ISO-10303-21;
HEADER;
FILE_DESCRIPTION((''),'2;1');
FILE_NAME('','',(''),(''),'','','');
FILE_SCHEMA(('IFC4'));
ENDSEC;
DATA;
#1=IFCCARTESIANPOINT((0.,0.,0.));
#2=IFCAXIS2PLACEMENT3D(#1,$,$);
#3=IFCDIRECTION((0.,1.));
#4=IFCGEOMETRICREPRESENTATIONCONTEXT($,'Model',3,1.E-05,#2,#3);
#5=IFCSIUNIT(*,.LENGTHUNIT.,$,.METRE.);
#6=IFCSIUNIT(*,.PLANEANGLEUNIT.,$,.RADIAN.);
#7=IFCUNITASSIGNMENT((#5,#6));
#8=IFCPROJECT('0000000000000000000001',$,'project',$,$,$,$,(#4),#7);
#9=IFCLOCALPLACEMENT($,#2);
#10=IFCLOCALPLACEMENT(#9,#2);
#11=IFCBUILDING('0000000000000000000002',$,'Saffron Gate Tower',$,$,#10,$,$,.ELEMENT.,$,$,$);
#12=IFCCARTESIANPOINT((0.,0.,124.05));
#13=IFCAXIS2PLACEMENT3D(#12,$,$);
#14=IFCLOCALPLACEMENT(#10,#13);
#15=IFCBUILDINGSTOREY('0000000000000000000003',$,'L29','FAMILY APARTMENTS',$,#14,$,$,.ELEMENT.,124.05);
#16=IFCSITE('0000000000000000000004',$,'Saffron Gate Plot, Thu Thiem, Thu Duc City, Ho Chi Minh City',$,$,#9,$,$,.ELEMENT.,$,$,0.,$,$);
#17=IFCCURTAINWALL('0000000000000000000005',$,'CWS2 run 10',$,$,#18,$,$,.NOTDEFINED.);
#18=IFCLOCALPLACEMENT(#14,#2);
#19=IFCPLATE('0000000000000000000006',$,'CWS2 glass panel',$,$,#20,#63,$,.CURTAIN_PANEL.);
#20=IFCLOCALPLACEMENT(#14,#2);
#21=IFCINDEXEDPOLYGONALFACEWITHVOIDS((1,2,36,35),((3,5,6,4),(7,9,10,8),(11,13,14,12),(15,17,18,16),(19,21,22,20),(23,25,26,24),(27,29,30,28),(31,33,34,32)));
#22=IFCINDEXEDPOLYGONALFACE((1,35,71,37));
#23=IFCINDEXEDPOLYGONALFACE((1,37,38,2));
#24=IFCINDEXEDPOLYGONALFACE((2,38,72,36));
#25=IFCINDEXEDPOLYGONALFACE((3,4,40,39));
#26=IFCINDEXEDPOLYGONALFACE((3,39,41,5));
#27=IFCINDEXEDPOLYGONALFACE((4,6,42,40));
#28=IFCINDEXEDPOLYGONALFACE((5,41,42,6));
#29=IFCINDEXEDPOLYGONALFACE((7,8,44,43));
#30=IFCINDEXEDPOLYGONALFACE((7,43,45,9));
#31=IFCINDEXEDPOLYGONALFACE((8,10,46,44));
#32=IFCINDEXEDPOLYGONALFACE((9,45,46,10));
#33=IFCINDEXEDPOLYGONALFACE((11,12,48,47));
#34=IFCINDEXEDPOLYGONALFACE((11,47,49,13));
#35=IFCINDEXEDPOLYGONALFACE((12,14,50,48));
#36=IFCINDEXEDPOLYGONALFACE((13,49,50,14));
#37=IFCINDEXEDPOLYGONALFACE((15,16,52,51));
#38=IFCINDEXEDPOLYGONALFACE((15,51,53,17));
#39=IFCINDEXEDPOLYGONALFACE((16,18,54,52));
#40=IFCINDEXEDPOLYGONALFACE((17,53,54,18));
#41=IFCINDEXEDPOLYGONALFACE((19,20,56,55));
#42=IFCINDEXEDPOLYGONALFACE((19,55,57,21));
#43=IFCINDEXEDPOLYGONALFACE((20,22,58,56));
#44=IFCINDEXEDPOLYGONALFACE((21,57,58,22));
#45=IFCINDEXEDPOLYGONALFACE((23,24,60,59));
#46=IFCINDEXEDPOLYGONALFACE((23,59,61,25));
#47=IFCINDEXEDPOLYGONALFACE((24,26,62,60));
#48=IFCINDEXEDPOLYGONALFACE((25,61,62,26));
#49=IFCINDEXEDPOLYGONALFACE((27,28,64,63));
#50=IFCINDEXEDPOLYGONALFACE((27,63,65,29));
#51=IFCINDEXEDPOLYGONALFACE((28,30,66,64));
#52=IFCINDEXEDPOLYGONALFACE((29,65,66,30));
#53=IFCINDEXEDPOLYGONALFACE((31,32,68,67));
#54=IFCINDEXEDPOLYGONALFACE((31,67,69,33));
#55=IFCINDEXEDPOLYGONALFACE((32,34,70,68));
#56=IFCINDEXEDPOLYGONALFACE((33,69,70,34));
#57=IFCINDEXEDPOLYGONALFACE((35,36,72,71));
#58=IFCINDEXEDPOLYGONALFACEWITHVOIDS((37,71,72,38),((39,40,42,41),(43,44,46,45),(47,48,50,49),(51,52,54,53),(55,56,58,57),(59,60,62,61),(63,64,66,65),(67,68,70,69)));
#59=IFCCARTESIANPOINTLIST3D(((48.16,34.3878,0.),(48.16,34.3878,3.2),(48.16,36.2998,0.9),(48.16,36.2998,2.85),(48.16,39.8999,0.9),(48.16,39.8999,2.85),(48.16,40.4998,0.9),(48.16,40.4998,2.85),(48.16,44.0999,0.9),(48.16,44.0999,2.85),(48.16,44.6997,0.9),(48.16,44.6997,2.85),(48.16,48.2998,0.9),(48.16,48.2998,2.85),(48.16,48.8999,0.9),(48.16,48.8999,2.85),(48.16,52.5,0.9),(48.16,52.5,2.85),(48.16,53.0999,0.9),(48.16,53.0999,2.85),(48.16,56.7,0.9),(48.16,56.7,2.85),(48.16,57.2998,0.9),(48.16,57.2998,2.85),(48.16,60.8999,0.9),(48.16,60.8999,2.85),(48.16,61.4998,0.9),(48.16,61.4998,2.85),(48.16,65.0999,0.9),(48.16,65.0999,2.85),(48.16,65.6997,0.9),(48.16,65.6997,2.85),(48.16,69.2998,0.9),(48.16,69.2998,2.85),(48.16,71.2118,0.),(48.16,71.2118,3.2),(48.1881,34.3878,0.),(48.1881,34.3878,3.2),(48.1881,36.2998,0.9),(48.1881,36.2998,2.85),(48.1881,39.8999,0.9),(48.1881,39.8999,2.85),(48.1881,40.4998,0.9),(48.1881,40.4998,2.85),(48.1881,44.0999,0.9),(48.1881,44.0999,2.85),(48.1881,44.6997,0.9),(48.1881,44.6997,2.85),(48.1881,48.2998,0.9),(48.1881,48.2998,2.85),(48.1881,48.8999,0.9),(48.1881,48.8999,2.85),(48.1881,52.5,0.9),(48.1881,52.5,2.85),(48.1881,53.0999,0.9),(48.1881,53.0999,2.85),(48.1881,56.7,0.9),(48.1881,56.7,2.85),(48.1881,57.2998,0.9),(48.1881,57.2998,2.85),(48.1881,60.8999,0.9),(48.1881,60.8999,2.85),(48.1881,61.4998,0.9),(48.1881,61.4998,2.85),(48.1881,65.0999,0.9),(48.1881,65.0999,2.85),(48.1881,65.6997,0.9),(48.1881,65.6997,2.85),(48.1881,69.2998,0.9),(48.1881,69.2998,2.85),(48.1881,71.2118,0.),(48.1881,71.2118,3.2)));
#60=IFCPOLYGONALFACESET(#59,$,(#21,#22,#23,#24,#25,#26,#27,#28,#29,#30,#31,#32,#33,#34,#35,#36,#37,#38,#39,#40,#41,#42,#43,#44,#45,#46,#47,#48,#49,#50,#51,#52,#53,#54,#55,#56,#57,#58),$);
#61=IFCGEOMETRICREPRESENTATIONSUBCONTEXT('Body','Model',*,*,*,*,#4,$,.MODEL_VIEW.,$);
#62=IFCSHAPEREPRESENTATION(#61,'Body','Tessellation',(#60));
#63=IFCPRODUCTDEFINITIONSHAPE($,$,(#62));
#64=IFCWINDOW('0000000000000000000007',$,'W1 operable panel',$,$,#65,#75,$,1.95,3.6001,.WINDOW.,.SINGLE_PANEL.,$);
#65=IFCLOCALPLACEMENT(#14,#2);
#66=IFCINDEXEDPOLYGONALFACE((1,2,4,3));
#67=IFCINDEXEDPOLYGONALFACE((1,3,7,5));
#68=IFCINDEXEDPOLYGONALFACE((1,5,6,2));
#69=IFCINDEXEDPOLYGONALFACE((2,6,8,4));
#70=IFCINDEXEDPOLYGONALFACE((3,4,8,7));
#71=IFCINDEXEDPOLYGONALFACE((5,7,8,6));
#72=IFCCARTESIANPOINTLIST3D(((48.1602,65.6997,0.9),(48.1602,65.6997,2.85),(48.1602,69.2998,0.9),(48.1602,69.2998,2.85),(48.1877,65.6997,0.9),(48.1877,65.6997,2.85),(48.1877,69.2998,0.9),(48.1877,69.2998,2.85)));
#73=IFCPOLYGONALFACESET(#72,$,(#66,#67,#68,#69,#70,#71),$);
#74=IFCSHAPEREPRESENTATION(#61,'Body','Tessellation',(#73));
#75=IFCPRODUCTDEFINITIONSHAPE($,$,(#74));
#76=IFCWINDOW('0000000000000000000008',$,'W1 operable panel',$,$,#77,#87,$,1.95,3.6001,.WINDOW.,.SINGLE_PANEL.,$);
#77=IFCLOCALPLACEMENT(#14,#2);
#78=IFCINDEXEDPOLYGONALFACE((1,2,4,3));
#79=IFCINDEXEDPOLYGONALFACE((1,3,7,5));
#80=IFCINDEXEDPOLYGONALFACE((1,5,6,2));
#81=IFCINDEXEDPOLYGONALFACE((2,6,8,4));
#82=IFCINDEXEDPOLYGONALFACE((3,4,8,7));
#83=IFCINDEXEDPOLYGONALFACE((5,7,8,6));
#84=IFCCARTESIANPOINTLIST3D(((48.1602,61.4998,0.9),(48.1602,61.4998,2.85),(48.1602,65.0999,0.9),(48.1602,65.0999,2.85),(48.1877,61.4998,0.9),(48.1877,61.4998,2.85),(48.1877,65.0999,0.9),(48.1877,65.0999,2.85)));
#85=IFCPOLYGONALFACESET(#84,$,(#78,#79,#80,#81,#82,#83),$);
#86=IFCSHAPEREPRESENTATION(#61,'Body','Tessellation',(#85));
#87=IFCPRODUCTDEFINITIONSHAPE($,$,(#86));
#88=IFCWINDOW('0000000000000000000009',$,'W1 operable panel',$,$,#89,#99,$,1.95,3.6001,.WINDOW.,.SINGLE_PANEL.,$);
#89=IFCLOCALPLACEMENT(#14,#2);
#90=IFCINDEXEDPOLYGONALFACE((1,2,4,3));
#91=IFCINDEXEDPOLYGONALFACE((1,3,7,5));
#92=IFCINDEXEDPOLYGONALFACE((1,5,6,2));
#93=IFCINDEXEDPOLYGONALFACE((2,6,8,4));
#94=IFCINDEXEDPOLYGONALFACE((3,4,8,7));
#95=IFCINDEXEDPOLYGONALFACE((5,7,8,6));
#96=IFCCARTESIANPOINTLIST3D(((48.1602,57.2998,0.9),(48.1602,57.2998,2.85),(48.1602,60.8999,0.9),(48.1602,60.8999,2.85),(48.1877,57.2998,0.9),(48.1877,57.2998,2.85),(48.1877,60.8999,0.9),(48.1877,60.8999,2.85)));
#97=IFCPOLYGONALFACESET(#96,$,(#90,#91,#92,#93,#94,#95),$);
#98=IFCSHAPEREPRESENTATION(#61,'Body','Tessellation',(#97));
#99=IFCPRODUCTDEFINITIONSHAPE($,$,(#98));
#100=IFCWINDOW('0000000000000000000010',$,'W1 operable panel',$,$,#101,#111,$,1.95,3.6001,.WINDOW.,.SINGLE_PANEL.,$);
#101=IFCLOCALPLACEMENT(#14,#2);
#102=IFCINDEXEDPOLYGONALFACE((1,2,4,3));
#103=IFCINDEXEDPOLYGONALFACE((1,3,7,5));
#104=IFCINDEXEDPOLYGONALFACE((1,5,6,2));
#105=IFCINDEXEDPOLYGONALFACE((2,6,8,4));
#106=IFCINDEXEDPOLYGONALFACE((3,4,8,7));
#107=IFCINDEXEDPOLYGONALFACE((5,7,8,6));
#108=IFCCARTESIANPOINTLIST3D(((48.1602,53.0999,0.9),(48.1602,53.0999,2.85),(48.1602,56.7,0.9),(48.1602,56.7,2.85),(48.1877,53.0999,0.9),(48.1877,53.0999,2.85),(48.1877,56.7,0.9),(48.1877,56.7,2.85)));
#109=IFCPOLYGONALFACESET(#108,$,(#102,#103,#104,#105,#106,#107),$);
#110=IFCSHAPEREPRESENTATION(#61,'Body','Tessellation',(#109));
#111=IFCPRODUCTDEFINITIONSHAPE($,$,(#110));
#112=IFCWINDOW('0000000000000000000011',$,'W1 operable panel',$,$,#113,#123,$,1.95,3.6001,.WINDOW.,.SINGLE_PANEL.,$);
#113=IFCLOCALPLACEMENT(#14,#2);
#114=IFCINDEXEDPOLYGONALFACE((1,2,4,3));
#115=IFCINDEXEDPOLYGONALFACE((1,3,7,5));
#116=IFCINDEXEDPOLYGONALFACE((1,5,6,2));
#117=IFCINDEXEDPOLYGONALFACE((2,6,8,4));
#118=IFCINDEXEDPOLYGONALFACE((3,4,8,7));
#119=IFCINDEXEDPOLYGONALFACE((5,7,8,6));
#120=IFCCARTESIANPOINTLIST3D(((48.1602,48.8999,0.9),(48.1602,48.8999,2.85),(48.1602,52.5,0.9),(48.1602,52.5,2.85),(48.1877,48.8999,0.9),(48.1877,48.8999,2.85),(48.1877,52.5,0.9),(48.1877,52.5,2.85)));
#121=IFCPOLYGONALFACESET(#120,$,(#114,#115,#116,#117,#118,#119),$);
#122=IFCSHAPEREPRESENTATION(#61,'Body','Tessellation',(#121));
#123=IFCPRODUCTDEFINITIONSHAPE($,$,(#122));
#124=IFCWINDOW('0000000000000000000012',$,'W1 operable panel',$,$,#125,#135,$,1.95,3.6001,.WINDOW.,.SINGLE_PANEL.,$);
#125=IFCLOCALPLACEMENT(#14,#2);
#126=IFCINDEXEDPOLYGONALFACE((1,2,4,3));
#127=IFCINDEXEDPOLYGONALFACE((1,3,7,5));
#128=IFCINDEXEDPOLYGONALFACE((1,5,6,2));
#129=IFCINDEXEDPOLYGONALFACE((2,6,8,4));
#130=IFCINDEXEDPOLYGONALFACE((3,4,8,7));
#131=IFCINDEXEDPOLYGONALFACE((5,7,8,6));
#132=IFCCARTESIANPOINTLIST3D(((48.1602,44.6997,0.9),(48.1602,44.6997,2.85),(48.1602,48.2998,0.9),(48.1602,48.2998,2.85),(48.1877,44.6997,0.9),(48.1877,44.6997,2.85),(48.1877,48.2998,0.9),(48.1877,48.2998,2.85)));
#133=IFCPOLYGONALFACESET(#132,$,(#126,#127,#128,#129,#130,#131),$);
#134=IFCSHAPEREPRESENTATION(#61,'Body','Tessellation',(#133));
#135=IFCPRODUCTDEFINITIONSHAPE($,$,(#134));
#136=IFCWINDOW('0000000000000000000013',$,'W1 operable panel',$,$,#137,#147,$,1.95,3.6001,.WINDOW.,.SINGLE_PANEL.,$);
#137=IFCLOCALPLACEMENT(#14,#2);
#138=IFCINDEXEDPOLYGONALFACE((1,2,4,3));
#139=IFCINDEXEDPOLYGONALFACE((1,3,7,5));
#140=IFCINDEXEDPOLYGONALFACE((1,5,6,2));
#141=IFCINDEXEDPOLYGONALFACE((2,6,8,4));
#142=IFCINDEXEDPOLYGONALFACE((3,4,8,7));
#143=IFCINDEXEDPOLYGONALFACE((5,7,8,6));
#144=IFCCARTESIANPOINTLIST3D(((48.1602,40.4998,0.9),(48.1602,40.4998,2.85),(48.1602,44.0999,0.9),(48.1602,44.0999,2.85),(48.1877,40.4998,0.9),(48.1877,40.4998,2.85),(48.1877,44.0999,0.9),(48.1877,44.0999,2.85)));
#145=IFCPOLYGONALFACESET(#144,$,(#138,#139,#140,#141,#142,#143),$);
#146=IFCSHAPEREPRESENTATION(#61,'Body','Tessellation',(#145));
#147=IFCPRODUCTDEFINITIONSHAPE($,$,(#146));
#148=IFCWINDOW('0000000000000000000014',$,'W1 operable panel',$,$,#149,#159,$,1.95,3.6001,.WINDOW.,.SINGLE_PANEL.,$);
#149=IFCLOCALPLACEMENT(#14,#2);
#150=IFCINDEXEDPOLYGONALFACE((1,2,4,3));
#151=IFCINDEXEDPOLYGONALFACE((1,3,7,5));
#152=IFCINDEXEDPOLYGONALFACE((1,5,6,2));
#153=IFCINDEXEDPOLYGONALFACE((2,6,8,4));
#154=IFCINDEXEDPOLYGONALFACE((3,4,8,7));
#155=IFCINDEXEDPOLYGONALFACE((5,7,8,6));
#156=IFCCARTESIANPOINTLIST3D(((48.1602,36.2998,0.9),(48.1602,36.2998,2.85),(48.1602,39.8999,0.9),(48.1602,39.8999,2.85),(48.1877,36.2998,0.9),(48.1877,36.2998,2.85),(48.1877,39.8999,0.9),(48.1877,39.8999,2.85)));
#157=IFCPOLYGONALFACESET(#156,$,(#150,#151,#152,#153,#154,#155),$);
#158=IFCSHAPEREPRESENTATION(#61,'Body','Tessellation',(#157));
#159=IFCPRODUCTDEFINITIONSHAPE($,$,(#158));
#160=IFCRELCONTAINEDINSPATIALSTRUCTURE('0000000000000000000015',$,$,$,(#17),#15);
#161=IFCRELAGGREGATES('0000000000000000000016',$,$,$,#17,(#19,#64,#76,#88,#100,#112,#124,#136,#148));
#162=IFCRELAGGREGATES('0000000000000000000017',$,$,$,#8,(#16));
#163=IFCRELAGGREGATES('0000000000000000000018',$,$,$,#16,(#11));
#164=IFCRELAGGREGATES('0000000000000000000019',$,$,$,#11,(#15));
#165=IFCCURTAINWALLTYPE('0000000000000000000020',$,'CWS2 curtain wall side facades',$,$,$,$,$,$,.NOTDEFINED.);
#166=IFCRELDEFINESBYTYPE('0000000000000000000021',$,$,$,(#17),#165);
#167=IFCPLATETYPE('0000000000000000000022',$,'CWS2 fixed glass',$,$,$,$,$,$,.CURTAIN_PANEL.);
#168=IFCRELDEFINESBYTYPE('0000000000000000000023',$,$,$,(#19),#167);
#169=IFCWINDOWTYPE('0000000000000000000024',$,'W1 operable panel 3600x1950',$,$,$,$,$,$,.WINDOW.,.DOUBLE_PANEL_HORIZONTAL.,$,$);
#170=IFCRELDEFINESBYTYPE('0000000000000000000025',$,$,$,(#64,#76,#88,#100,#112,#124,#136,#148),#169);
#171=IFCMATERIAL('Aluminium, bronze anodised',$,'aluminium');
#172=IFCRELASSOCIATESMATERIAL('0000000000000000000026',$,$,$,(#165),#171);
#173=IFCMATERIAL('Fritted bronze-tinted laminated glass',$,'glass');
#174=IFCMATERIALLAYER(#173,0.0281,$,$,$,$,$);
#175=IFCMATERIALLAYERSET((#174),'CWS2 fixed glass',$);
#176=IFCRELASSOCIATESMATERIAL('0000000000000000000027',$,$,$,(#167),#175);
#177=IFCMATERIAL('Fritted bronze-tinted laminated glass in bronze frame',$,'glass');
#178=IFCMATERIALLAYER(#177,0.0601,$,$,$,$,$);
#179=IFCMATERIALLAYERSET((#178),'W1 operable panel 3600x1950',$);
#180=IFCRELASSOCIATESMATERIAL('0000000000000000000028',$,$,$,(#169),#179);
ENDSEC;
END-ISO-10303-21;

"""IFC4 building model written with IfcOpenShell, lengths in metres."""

from ifc_helpers import new_model, si_unit, direction, frame, frame_2d, origin, place, context, subcontext, project, spatial, rectangle, extrude, material, layer, layer_set, type_object, element, fill, aggregate, save


model = new_model("IFC4")

# Units and contexts
model_context = context("Model", 3, precision=1e-05, world=origin(), true_north=direction((0.0, 1.0)))
body_context = subcontext(model_context, "Body", "Model", "MODEL_VIEW")
ifc_project = project(units=[si_unit("LENGTHUNIT", "METRE"), si_unit("PLANEANGLEUNIT", "RADIAN")], contexts=[model_context])

# Site, building, storey
site_placement = place(None, origin())
site = spatial("IfcSite", under=ifc_project, at=site_placement, Name="Saffron Gate Plot, Thu Thiem, Thu Duc City, Ho Chi Minh City", CompositionType="ELEMENT", RefElevation=0.0)
building_placement = place(site_placement, origin())
building = spatial("IfcBuilding", under=site, at=building_placement, Name="Saffron Gate Tower", CompositionType="ELEMENT")
storey_placement = place(building_placement, frame((0.0, 0.0, 124.05)))
storey = spatial("IfcBuildingStorey", under=building, at=storey_placement, Name="L29", Description="FAMILY APARTMENTS", CompositionType="ELEMENT", Elevation=124.05)

# Curtain wall
ifc_material_1 = material(Name="Aluminium, bronze anodised", Category="aluminium")
curtain_wall_type_1 = type_object("IfcCurtainWallType", Name="CWS2 curtain wall side facades", PredefinedType="NOTDEFINED", material=ifc_material_1)
curtain_wall_1_placement = place(storey_placement, origin())
curtain_wall_1 = element("IfcCurtainWall", 1, at=curtain_wall_1_placement, inside=storey, type_object=curtain_wall_type_1, Name="CWS2 run 10", PredefinedType="NOTDEFINED")

# Plate, openings, windows
ifc_material_2 = material(Name="Fritted bronze-tinted laminated glass", Category="glass")
ifc_layer_1 = layer(ifc_material_2, 0.0281)
ifc_layer_set_1 = layer_set([ifc_layer_1], Name="CWS2 fixed glass")
plate_type = type_object("IfcPlateType", Name="CWS2 fixed glass", PredefinedType="CURTAIN_PANEL", material=ifc_layer_set_1)
plate_placement = place(storey_placement, frame((48.1741, 71.2119, 0.0), z_axis=(0.0, 0.0, 1.0), x_axis=(0.0, -1.0, 0.0)))
plate = element("IfcPlate", 2, at=plate_placement, type_object=plate_type, Name="CWS2 glass panel", PredefinedType="CURTAIN_PANEL", context=body_context, shape_type="SweptSolid", body=[
    extrude(rectangle(XDim=36.824, YDim=0.0281, at=frame_2d((18.4121, 0.0))), origin(), (0.0, 0.0, 1.0), 3.2),
])
opening_1_placement = place(plate_placement, frame((1.9121, 0.0, 0.8999)))
opening_1 = element("IfcOpeningElement", 3, at=opening_1_placement, cuts=plate, PredefinedType="OPENING", context=body_context, shape_type="SweptSolid", body=[
    extrude(rectangle(XDim=3.6001, YDim=1.95, at=frame_2d((1.8, 0.9751))), frame((0.0, 0.0239, 0.0), z_axis=(0.0, -1.0, 0.0), x_axis=(1.0, 0.0, 0.0)), (0.0, 0.0, 1.0), 0.0481),
])
opening_2_placement = place(plate_placement, frame((6.1121, 0.0, 0.8999)))
opening_2 = element("IfcOpeningElement", 4, at=opening_2_placement, cuts=plate, PredefinedType="OPENING", context=body_context, shape_type="SweptSolid", body=[
    extrude(rectangle(XDim=3.6001, YDim=1.95, at=frame_2d((1.8, 0.9751))), frame((0.0, 0.0239, 0.0), z_axis=(0.0, -1.0, 0.0), x_axis=(1.0, 0.0, 0.0)), (0.0, 0.0, 1.0), 0.0481),
])
opening_3_placement = place(plate_placement, frame((10.312, 0.0, 0.8999)))
opening_3 = element("IfcOpeningElement", 5, at=opening_3_placement, cuts=plate, PredefinedType="OPENING", context=body_context, shape_type="SweptSolid", body=[
    extrude(rectangle(XDim=3.6001, YDim=1.95, at=frame_2d((1.8, 0.9751))), frame((0.0, 0.0239, 0.0), z_axis=(0.0, -1.0, 0.0), x_axis=(1.0, 0.0, 0.0)), (0.0, 0.0, 1.0), 0.0481),
])
opening_4_placement = place(plate_placement, frame((14.512, 0.0, 0.8999)))
opening_4 = element("IfcOpeningElement", 6, at=opening_4_placement, cuts=plate, PredefinedType="OPENING", context=body_context, shape_type="SweptSolid", body=[
    extrude(rectangle(XDim=3.6001, YDim=1.95, at=frame_2d((1.8, 0.9751))), frame((0.0, 0.0239, 0.0), z_axis=(0.0, -1.0, 0.0), x_axis=(1.0, 0.0, 0.0)), (0.0, 0.0, 1.0), 0.0481),
])
opening_5_placement = place(plate_placement, frame((18.7119, 0.0, 0.8999)))
opening_5 = element("IfcOpeningElement", 7, at=opening_5_placement, cuts=plate, PredefinedType="OPENING", context=body_context, shape_type="SweptSolid", body=[
    extrude(rectangle(XDim=3.6001, YDim=1.95, at=frame_2d((1.8, 0.9751))), frame((0.0, 0.0239, 0.0), z_axis=(0.0, -1.0, 0.0), x_axis=(1.0, 0.0, 0.0)), (0.0, 0.0, 1.0), 0.0481),
])
opening_6_placement = place(plate_placement, frame((22.9121, 0.0, 0.8999)))
opening_6 = element("IfcOpeningElement", 8, at=opening_6_placement, cuts=plate, PredefinedType="OPENING", context=body_context, shape_type="SweptSolid", body=[
    extrude(rectangle(XDim=3.6001, YDim=1.95, at=frame_2d((1.8, 0.9751))), frame((0.0, 0.0239, 0.0), z_axis=(0.0, -1.0, 0.0), x_axis=(1.0, 0.0, 0.0)), (0.0, 0.0, 1.0), 0.0481),
])
opening_7_placement = place(plate_placement, frame((27.1121, 0.0, 0.8999)))
opening_7 = element("IfcOpeningElement", 9, at=opening_7_placement, cuts=plate, PredefinedType="OPENING", context=body_context, shape_type="SweptSolid", body=[
    extrude(rectangle(XDim=3.6001, YDim=1.95, at=frame_2d((1.8, 0.9751))), frame((0.0, 0.0239, 0.0), z_axis=(0.0, -1.0, 0.0), x_axis=(1.0, 0.0, 0.0)), (0.0, 0.0, 1.0), 0.0481),
])
opening_8_placement = place(plate_placement, frame((31.312, 0.0, 0.8999)))
opening_8 = element("IfcOpeningElement", 10, at=opening_8_placement, cuts=plate, PredefinedType="OPENING", context=body_context, shape_type="SweptSolid", body=[
    extrude(rectangle(XDim=3.6001, YDim=1.95, at=frame_2d((1.8, 0.9751))), frame((0.0, 0.0239, 0.0), z_axis=(0.0, -1.0, 0.0), x_axis=(1.0, 0.0, 0.0)), (0.0, 0.0, 1.0), 0.0481),
])
ifc_material_3 = material(Name="Fritted bronze-tinted laminated glass in bronze frame", Category="glass")
ifc_layer_2 = layer(ifc_material_3, 0.0601)
ifc_layer_set_2 = layer_set([ifc_layer_2], Name="W1 operable panel 3600x1950")
window_type = type_object("IfcWindowType", Name="W1 operable panel 3600x1950", PartitioningType="DOUBLE_PANEL_HORIZONTAL", PredefinedType="WINDOW", material=ifc_layer_set_2)
window_1_placement = place(opening_1_placement, origin())
window_1 = element("IfcWindow", 11, at=window_1_placement, type_object=window_type, Name="W1 operable panel", OverallHeight=1.95, OverallWidth=3.6001, PartitioningType="SINGLE_PANEL", PredefinedType="WINDOW", context=body_context, shape_type="SweptSolid", body=[
    extrude(rectangle(XDim=3.6001, YDim=1.95, at=frame_2d((1.8, 0.9751))), frame((0.0, 0.0137, 0.0), z_axis=(0.0, -1.0, 0.0), x_axis=(1.0, 0.0, 0.0)), (0.0, 0.0, 1.0), 0.0276),
])
fill(opening_1, window_1)
window_2_placement = place(opening_2_placement, origin())
window_2 = element("IfcWindow", 12, at=window_2_placement, type_object=window_type, Name="W1 operable panel", OverallHeight=1.95, OverallWidth=3.6001, PartitioningType="SINGLE_PANEL", PredefinedType="WINDOW", context=body_context, shape_type="SweptSolid", body=[
    extrude(rectangle(XDim=3.6001, YDim=1.95, at=frame_2d((1.8, 0.9751))), frame((0.0, 0.0137, 0.0), z_axis=(0.0, -1.0, 0.0), x_axis=(1.0, 0.0, 0.0)), (0.0, 0.0, 1.0), 0.0276),
])
fill(opening_2, window_2)
window_3_placement = place(opening_3_placement, origin())
window_3 = element("IfcWindow", 13, at=window_3_placement, type_object=window_type, Name="W1 operable panel", OverallHeight=1.95, OverallWidth=3.6001, PartitioningType="SINGLE_PANEL", PredefinedType="WINDOW", context=body_context, shape_type="SweptSolid", body=[
    extrude(rectangle(XDim=3.6001, YDim=1.95, at=frame_2d((1.8, 0.9751))), frame((0.0, 0.0137, 0.0), z_axis=(0.0, -1.0, 0.0), x_axis=(1.0, 0.0, 0.0)), (0.0, 0.0, 1.0), 0.0276),
])
fill(opening_3, window_3)
window_4_placement = place(opening_4_placement, origin())
window_4 = element("IfcWindow", 14, at=window_4_placement, type_object=window_type, Name="W1 operable panel", OverallHeight=1.95, OverallWidth=3.6001, PartitioningType="SINGLE_PANEL", PredefinedType="WINDOW", context=body_context, shape_type="SweptSolid", body=[
    extrude(rectangle(XDim=3.6001, YDim=1.95, at=frame_2d((1.8, 0.9751))), frame((0.0, 0.0137, 0.0), z_axis=(0.0, -1.0, 0.0), x_axis=(1.0, 0.0, 0.0)), (0.0, 0.0, 1.0), 0.0276),
])
fill(opening_4, window_4)
window_5_placement = place(opening_5_placement, origin())
window_5 = element("IfcWindow", 15, at=window_5_placement, type_object=window_type, Name="W1 operable panel", OverallHeight=1.95, OverallWidth=3.6001, PartitioningType="SINGLE_PANEL", PredefinedType="WINDOW", context=body_context, shape_type="SweptSolid", body=[
    extrude(rectangle(XDim=3.6001, YDim=1.95, at=frame_2d((1.8, 0.9751))), frame((0.0, 0.0137, 0.0), z_axis=(0.0, -1.0, 0.0), x_axis=(1.0, 0.0, 0.0)), (0.0, 0.0, 1.0), 0.0276),
])
fill(opening_5, window_5)
window_6_placement = place(opening_6_placement, origin())
window_6 = element("IfcWindow", 16, at=window_6_placement, type_object=window_type, Name="W1 operable panel", OverallHeight=1.95, OverallWidth=3.6001, PartitioningType="SINGLE_PANEL", PredefinedType="WINDOW", context=body_context, shape_type="SweptSolid", body=[
    extrude(rectangle(XDim=3.6001, YDim=1.95, at=frame_2d((1.8, 0.9751))), frame((0.0, 0.0137, 0.0), z_axis=(0.0, -1.0, 0.0), x_axis=(1.0, 0.0, 0.0)), (0.0, 0.0, 1.0), 0.0276),
])
fill(opening_6, window_6)
window_7_placement = place(opening_7_placement, origin())
window_7 = element("IfcWindow", 17, at=window_7_placement, type_object=window_type, Name="W1 operable panel", OverallHeight=1.95, OverallWidth=3.6001, PartitioningType="SINGLE_PANEL", PredefinedType="WINDOW", context=body_context, shape_type="SweptSolid", body=[
    extrude(rectangle(XDim=3.6001, YDim=1.95, at=frame_2d((1.8, 0.9751))), frame((0.0, 0.0137, 0.0), z_axis=(0.0, -1.0, 0.0), x_axis=(1.0, 0.0, 0.0)), (0.0, 0.0, 1.0), 0.0276),
])
fill(opening_7, window_7)
window_8_placement = place(opening_8_placement, origin())
window_8 = element("IfcWindow", 18, at=window_8_placement, type_object=window_type, Name="W1 operable panel", OverallHeight=1.95, OverallWidth=3.6001, PartitioningType="SINGLE_PANEL", PredefinedType="WINDOW", context=body_context, shape_type="SweptSolid", body=[
    extrude(rectangle(XDim=3.6001, YDim=1.95, at=frame_2d((1.8, 0.9751))), frame((0.0, 0.0137, 0.0), z_axis=(0.0, -1.0, 0.0), x_axis=(1.0, 0.0, 0.0)), (0.0, 0.0, 1.0), 0.0276),
])
fill(opening_8, window_8)
aggregate(curtain_wall_1, [plate, window_1, window_2, window_3, window_4, window_5, window_6, window_7, window_8])

save(model, "model.ifc")
